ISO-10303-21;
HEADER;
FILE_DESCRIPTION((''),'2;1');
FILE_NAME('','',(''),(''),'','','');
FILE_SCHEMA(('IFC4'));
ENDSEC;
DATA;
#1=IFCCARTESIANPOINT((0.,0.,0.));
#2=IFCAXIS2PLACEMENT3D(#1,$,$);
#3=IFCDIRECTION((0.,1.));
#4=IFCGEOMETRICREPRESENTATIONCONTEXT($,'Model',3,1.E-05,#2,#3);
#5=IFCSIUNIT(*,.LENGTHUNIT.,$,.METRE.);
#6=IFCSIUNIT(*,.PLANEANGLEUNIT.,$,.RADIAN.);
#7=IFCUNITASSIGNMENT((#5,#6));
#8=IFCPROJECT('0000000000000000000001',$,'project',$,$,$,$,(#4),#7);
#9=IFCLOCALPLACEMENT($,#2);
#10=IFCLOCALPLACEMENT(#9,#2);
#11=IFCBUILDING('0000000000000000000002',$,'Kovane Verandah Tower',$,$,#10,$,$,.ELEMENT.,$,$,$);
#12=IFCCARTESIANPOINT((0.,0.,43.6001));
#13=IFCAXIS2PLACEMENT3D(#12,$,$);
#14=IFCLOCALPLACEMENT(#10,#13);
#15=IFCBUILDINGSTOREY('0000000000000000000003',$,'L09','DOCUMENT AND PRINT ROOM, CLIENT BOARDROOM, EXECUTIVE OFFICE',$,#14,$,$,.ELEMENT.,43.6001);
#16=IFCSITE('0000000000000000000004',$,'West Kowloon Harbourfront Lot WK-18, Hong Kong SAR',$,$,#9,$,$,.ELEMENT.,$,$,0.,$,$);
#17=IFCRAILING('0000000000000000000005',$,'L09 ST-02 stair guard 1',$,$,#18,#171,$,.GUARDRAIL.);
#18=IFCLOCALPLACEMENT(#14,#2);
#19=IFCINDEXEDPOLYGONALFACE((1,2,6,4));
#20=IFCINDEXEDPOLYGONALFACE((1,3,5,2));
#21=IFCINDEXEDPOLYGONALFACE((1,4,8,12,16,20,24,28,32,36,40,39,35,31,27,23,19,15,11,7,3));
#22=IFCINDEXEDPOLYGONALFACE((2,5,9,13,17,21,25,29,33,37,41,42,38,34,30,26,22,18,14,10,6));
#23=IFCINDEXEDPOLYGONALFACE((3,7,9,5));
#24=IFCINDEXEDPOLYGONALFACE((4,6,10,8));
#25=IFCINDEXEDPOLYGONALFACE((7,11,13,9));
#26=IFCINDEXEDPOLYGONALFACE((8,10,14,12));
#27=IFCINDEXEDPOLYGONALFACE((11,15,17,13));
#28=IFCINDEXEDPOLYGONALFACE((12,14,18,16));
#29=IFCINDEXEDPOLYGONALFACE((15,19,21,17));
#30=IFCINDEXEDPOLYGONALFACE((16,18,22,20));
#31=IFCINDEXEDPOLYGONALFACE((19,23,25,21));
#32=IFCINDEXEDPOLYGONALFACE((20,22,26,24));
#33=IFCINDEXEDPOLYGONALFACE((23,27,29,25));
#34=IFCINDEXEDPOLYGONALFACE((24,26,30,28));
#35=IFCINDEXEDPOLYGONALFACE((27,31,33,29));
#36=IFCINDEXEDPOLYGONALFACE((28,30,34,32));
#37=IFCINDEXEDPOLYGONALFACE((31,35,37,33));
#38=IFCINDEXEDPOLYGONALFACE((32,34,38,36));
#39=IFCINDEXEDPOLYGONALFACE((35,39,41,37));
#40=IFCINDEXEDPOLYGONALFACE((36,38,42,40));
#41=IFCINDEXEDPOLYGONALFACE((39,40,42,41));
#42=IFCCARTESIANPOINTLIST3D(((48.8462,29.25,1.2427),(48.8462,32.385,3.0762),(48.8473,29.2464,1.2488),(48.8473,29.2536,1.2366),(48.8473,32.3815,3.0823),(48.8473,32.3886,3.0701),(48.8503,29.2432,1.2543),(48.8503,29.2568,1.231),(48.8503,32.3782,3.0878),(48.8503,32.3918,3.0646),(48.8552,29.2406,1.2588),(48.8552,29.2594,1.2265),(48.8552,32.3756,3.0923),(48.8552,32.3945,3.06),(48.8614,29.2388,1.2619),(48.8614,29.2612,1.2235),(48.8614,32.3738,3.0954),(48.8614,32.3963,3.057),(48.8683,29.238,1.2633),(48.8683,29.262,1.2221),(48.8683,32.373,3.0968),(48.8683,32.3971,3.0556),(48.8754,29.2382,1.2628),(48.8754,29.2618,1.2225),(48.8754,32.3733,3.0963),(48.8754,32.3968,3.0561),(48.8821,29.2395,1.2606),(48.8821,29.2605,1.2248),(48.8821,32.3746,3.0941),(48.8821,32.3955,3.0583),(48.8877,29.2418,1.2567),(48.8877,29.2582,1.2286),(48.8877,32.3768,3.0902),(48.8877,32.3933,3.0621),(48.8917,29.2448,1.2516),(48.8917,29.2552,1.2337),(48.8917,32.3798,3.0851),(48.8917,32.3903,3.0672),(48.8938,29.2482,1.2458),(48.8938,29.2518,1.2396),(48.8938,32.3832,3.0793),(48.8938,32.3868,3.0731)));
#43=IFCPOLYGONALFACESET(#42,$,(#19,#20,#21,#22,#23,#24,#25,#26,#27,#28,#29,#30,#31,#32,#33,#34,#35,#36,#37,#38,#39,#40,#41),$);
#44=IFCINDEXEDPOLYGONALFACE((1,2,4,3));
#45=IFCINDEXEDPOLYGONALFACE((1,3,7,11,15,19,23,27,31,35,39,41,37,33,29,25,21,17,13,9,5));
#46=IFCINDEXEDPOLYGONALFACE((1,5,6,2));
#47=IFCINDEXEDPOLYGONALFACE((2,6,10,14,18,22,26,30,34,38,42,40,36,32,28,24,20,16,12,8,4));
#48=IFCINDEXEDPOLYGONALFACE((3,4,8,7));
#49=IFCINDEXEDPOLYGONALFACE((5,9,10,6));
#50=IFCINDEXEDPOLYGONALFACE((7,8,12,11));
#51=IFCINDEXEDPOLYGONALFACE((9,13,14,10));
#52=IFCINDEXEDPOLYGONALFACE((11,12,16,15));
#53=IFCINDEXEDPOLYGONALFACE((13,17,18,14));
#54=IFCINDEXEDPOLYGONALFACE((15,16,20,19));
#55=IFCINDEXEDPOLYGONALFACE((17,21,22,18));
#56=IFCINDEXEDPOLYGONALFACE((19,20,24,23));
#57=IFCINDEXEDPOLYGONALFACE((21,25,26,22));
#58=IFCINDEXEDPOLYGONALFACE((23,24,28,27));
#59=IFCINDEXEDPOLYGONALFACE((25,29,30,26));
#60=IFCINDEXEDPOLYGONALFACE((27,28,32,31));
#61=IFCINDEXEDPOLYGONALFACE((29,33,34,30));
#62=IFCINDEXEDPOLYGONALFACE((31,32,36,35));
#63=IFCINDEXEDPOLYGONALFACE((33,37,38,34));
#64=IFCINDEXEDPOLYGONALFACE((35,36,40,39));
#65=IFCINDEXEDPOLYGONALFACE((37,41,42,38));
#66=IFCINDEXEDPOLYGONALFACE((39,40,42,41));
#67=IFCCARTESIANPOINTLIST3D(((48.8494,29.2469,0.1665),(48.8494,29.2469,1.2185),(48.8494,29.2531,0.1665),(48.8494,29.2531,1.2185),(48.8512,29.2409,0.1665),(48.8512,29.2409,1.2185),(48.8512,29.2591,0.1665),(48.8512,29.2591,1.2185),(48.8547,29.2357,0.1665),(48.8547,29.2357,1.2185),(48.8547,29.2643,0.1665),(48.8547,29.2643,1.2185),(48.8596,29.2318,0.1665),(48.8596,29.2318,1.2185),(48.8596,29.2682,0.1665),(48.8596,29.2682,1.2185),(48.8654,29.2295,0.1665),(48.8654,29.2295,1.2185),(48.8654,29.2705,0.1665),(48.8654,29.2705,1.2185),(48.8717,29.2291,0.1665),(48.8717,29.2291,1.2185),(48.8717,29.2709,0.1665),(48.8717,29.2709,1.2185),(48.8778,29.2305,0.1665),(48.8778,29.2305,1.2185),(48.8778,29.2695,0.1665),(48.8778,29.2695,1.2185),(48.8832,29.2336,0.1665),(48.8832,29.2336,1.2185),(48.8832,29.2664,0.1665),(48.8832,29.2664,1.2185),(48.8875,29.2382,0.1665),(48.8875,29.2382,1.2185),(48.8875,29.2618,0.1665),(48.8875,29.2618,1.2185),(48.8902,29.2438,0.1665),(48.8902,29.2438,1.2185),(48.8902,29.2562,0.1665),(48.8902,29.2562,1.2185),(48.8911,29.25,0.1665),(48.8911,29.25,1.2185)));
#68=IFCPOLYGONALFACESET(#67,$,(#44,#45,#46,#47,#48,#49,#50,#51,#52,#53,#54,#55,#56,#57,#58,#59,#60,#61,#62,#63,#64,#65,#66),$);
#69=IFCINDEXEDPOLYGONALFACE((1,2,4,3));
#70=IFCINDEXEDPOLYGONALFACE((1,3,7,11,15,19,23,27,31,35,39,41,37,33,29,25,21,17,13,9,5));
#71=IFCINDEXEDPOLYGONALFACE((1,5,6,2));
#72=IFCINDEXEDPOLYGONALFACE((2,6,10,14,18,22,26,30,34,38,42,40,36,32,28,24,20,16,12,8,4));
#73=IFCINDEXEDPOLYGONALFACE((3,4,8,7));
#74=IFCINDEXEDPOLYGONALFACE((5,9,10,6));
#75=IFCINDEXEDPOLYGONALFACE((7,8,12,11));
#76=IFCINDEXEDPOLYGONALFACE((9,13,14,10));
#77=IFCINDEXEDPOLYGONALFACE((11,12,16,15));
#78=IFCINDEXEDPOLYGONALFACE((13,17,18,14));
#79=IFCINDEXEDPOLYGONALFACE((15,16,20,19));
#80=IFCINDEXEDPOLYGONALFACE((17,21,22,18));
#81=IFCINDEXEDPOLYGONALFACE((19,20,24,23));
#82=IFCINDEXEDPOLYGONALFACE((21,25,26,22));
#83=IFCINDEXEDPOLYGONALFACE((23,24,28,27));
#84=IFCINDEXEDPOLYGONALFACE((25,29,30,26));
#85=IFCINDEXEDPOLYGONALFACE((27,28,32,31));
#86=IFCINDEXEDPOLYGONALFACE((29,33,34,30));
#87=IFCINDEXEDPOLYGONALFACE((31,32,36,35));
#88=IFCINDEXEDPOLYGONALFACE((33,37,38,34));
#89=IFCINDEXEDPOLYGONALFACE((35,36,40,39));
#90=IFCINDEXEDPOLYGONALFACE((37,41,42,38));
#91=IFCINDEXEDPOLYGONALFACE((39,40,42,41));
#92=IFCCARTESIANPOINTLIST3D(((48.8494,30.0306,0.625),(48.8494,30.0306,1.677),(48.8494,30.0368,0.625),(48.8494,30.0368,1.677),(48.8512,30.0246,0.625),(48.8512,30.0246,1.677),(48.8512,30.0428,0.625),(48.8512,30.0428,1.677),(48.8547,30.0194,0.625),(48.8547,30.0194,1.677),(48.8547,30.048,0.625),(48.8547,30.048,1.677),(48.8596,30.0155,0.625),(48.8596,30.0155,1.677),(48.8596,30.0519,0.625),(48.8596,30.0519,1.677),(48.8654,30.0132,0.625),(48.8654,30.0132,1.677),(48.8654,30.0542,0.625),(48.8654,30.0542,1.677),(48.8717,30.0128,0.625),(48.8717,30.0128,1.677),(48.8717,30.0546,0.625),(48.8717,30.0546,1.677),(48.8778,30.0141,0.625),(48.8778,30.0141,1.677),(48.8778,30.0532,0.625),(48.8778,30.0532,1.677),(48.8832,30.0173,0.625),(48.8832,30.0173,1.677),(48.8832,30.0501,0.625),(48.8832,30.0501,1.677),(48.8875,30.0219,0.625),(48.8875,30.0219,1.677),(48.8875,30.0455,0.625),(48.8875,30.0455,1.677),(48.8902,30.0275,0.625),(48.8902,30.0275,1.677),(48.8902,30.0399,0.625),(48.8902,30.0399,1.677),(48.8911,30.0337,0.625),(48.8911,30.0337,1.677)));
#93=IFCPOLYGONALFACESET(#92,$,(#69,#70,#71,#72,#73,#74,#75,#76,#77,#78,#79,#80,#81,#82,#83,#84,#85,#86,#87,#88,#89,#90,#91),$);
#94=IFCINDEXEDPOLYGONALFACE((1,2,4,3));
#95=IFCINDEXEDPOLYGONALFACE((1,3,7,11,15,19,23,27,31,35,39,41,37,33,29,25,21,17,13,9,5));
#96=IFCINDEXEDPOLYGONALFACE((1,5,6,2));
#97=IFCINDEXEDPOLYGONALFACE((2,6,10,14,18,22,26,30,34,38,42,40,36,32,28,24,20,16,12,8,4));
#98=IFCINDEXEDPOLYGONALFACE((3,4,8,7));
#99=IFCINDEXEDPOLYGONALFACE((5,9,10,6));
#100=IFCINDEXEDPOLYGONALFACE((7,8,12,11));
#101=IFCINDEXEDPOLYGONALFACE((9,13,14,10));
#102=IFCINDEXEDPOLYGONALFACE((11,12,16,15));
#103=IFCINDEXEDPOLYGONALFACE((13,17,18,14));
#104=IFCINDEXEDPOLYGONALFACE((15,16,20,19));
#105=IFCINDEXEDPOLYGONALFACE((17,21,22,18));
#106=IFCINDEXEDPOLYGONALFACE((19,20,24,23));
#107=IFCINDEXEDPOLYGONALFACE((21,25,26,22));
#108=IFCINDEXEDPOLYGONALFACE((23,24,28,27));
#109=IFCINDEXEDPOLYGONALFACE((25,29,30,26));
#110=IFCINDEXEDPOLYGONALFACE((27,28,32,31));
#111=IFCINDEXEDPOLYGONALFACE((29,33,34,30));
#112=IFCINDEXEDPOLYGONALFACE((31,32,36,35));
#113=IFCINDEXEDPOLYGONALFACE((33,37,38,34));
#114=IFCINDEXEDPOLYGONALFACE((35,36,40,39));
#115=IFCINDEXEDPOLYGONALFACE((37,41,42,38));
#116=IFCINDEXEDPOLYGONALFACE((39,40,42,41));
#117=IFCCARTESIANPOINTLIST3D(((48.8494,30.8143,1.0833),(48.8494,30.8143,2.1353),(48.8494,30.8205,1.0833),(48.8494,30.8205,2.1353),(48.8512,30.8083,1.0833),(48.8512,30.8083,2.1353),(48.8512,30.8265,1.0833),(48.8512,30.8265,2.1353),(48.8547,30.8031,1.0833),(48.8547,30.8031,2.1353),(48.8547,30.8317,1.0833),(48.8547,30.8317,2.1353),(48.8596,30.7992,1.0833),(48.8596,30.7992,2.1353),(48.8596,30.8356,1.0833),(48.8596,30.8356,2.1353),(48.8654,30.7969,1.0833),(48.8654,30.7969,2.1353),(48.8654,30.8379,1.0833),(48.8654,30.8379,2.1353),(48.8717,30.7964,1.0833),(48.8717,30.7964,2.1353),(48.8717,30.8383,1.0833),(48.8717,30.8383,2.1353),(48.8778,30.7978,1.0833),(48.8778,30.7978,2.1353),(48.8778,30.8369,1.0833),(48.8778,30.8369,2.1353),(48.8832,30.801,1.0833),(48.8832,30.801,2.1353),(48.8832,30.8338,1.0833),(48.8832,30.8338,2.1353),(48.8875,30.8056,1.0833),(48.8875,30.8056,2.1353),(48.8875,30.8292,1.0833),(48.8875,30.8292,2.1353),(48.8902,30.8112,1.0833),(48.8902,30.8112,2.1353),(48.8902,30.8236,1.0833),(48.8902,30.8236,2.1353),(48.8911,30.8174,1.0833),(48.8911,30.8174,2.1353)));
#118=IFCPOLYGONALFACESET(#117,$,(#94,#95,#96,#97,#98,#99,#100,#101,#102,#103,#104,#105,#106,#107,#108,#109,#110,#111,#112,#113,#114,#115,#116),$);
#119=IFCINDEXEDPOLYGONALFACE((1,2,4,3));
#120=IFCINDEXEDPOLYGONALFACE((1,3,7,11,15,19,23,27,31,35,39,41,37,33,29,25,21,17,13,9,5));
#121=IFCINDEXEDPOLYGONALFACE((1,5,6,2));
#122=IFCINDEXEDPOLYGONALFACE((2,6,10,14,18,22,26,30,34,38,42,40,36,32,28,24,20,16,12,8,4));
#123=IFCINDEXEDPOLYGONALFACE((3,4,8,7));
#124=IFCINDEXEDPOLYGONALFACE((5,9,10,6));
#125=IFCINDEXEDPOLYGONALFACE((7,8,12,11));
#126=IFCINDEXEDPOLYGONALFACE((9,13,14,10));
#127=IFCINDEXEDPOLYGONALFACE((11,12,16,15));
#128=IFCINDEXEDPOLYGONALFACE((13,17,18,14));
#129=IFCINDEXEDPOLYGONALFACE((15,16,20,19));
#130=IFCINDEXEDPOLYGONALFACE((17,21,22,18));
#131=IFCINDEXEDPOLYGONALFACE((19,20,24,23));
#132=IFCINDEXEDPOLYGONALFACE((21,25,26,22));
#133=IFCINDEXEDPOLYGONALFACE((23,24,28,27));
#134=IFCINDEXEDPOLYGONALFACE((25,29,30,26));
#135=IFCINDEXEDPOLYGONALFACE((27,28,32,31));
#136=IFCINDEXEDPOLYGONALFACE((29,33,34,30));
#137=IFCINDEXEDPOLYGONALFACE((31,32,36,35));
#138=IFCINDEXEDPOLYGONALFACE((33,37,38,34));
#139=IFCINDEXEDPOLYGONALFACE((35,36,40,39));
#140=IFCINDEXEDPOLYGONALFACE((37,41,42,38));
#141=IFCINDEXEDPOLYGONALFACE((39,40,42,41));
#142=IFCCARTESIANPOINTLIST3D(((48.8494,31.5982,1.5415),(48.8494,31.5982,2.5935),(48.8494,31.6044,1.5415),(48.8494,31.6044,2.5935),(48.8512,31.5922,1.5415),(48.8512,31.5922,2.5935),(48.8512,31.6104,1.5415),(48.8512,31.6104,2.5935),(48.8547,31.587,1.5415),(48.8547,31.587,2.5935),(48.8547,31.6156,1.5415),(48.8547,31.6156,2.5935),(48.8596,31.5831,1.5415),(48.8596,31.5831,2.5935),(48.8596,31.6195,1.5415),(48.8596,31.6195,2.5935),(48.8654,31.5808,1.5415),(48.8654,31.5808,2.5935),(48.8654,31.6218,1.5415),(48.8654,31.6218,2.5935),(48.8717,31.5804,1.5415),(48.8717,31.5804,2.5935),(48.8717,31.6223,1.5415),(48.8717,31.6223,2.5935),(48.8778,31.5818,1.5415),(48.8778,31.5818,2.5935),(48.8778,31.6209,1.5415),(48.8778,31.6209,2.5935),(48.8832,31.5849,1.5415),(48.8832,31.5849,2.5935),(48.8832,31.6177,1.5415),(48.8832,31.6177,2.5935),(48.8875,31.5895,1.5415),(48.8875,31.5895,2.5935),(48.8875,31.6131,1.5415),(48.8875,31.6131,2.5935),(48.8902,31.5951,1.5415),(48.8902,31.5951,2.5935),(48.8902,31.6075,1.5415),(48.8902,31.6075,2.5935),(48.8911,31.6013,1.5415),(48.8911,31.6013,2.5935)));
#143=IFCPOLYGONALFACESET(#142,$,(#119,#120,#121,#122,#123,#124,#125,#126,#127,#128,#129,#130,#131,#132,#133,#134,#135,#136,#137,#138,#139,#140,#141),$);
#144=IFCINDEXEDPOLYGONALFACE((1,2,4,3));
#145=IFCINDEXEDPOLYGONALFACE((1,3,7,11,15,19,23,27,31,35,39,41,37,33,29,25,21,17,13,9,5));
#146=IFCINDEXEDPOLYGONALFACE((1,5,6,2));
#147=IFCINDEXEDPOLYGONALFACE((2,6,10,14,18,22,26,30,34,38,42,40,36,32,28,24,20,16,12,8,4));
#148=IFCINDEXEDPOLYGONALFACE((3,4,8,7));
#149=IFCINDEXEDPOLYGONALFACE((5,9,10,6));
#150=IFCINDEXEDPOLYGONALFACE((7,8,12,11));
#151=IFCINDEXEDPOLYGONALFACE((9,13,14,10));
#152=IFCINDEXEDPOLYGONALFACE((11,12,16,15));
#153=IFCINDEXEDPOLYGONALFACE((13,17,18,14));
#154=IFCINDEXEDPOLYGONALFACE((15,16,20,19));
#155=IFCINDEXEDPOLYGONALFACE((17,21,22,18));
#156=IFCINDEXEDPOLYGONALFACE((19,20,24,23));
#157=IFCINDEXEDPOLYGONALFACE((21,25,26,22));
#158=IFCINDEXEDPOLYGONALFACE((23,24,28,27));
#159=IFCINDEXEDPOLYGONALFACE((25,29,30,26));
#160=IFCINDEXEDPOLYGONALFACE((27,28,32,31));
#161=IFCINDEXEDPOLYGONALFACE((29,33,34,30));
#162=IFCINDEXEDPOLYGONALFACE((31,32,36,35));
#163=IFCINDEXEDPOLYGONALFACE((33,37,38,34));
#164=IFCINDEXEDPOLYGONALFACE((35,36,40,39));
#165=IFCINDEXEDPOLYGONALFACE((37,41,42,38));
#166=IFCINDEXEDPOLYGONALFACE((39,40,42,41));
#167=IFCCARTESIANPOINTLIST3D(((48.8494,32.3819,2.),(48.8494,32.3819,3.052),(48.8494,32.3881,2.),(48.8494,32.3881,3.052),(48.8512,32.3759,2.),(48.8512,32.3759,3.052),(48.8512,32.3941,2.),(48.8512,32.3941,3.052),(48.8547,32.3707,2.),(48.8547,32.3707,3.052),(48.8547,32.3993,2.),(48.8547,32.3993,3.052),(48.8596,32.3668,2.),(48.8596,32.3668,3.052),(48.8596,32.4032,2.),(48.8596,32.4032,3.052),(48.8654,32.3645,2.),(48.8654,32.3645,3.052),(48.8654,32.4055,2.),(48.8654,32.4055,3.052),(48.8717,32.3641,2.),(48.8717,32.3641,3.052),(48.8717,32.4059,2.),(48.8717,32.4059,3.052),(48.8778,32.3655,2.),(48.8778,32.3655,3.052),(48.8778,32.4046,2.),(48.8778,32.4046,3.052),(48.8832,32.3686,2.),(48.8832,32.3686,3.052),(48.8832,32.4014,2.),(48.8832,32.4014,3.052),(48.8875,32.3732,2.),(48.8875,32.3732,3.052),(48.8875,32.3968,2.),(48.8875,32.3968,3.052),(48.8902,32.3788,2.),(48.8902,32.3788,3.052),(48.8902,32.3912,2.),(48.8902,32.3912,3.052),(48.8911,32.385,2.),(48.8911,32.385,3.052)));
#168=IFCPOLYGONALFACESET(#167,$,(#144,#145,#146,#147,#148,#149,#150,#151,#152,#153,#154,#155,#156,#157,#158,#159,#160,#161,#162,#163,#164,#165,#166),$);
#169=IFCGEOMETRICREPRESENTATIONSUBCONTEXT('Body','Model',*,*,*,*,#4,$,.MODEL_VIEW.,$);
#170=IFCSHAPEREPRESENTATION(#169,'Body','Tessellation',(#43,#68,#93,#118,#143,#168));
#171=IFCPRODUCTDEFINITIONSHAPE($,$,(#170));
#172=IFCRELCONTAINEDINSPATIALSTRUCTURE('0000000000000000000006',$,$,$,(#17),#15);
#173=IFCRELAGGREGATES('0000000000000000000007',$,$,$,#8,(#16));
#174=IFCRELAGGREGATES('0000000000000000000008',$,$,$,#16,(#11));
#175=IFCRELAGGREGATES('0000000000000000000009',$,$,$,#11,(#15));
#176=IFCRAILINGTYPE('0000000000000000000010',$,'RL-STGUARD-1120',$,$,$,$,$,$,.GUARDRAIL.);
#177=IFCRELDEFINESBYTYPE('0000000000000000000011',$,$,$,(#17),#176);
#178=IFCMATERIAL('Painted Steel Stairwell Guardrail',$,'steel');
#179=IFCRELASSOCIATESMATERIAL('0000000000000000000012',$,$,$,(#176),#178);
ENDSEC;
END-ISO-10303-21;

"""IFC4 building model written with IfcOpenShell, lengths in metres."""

from ifc_helpers import new_model, si_unit, direction, frame, origin, origin_2d, place, context, subcontext, project, spatial, circle, extrude, material, type_object, element, save


model = new_model("IFC4")

# Units and contexts
model_context = context("Model", 3, precision=1e-05, world=origin(), true_north=direction((0.0, 1.0)))
body_context = subcontext(model_context, "Body", "Model", "MODEL_VIEW")
ifc_project = project(units=[si_unit("LENGTHUNIT", "METRE"), si_unit("PLANEANGLEUNIT", "RADIAN")], contexts=[model_context])

# Site, building, storey
site_placement = place(None, origin())
site = spatial("IfcSite", under=ifc_project, at=site_placement, Name="West Kowloon Harbourfront Lot WK-18, Hong Kong SAR", CompositionType="ELEMENT", RefElevation=0.0)
building_placement = place(site_placement, origin())
building = spatial("IfcBuilding", under=site, at=building_placement, Name="Kovane Verandah Tower", CompositionType="ELEMENT")
storey_placement = place(building_placement, frame((0.0, 0.0, 43.6001)))
storey = spatial("IfcBuildingStorey", under=building, at=storey_placement, Name="L09", Description="DOCUMENT AND PRINT ROOM, CLIENT BOARDROOM, EXECUTIVE OFFICE", CompositionType="ELEMENT", Elevation=43.6001)

# Railing
ifc_material_1 = material(Name="Painted Steel Stairwell Guardrail", Category="steel")
railing_type_1 = type_object("IfcRailingType", Name="RL-STGUARD-1120", PredefinedType="GUARDRAIL", material=ifc_material_1)
railing_1_placement = place(storey_placement, frame((48.8701, 29.25, 0.1665)))
element("IfcRailing", 1, at=railing_1_placement, inside=storey, type_object=railing_type_1, Name="L09 ST-02 stair guard 1", PredefinedType="GUARDRAIL", context=body_context, shape_type="SweptSolid", body=[
    extrude(circle(Radius=0.0239, at=origin_2d()), frame((0.0, 0.0, 1.0762), z_axis=(0.0, 0.86321, 0.504845), x_axis=(-1.0, 0.0, 0.0)), (0.0, 0.0, 1.0), 3.6318),
    extrude(circle(Radius=0.021, at=origin_2d()), origin(), (0.0, 0.0, 1.0), 1.052),
    extrude(circle(Radius=0.021, at=origin_2d()), frame((0.0, 0.7837, 0.4585)), (0.0, 0.0, 1.0), 1.052),
    extrude(circle(Radius=0.021, at=origin_2d()), frame((0.0, 1.5674, 0.9167)), (0.0, 0.0, 1.0), 1.052),
    extrude(circle(Radius=0.021, at=origin_2d()), frame((0.0, 2.3513, 1.375)), (0.0, 0.0, 1.0), 1.052),
    extrude(circle(Radius=0.021, at=origin_2d()), frame((0.0, 3.135, 1.8335)), (0.0, 0.0, 1.0), 1.052),
])

save(model, "model.ifc")
